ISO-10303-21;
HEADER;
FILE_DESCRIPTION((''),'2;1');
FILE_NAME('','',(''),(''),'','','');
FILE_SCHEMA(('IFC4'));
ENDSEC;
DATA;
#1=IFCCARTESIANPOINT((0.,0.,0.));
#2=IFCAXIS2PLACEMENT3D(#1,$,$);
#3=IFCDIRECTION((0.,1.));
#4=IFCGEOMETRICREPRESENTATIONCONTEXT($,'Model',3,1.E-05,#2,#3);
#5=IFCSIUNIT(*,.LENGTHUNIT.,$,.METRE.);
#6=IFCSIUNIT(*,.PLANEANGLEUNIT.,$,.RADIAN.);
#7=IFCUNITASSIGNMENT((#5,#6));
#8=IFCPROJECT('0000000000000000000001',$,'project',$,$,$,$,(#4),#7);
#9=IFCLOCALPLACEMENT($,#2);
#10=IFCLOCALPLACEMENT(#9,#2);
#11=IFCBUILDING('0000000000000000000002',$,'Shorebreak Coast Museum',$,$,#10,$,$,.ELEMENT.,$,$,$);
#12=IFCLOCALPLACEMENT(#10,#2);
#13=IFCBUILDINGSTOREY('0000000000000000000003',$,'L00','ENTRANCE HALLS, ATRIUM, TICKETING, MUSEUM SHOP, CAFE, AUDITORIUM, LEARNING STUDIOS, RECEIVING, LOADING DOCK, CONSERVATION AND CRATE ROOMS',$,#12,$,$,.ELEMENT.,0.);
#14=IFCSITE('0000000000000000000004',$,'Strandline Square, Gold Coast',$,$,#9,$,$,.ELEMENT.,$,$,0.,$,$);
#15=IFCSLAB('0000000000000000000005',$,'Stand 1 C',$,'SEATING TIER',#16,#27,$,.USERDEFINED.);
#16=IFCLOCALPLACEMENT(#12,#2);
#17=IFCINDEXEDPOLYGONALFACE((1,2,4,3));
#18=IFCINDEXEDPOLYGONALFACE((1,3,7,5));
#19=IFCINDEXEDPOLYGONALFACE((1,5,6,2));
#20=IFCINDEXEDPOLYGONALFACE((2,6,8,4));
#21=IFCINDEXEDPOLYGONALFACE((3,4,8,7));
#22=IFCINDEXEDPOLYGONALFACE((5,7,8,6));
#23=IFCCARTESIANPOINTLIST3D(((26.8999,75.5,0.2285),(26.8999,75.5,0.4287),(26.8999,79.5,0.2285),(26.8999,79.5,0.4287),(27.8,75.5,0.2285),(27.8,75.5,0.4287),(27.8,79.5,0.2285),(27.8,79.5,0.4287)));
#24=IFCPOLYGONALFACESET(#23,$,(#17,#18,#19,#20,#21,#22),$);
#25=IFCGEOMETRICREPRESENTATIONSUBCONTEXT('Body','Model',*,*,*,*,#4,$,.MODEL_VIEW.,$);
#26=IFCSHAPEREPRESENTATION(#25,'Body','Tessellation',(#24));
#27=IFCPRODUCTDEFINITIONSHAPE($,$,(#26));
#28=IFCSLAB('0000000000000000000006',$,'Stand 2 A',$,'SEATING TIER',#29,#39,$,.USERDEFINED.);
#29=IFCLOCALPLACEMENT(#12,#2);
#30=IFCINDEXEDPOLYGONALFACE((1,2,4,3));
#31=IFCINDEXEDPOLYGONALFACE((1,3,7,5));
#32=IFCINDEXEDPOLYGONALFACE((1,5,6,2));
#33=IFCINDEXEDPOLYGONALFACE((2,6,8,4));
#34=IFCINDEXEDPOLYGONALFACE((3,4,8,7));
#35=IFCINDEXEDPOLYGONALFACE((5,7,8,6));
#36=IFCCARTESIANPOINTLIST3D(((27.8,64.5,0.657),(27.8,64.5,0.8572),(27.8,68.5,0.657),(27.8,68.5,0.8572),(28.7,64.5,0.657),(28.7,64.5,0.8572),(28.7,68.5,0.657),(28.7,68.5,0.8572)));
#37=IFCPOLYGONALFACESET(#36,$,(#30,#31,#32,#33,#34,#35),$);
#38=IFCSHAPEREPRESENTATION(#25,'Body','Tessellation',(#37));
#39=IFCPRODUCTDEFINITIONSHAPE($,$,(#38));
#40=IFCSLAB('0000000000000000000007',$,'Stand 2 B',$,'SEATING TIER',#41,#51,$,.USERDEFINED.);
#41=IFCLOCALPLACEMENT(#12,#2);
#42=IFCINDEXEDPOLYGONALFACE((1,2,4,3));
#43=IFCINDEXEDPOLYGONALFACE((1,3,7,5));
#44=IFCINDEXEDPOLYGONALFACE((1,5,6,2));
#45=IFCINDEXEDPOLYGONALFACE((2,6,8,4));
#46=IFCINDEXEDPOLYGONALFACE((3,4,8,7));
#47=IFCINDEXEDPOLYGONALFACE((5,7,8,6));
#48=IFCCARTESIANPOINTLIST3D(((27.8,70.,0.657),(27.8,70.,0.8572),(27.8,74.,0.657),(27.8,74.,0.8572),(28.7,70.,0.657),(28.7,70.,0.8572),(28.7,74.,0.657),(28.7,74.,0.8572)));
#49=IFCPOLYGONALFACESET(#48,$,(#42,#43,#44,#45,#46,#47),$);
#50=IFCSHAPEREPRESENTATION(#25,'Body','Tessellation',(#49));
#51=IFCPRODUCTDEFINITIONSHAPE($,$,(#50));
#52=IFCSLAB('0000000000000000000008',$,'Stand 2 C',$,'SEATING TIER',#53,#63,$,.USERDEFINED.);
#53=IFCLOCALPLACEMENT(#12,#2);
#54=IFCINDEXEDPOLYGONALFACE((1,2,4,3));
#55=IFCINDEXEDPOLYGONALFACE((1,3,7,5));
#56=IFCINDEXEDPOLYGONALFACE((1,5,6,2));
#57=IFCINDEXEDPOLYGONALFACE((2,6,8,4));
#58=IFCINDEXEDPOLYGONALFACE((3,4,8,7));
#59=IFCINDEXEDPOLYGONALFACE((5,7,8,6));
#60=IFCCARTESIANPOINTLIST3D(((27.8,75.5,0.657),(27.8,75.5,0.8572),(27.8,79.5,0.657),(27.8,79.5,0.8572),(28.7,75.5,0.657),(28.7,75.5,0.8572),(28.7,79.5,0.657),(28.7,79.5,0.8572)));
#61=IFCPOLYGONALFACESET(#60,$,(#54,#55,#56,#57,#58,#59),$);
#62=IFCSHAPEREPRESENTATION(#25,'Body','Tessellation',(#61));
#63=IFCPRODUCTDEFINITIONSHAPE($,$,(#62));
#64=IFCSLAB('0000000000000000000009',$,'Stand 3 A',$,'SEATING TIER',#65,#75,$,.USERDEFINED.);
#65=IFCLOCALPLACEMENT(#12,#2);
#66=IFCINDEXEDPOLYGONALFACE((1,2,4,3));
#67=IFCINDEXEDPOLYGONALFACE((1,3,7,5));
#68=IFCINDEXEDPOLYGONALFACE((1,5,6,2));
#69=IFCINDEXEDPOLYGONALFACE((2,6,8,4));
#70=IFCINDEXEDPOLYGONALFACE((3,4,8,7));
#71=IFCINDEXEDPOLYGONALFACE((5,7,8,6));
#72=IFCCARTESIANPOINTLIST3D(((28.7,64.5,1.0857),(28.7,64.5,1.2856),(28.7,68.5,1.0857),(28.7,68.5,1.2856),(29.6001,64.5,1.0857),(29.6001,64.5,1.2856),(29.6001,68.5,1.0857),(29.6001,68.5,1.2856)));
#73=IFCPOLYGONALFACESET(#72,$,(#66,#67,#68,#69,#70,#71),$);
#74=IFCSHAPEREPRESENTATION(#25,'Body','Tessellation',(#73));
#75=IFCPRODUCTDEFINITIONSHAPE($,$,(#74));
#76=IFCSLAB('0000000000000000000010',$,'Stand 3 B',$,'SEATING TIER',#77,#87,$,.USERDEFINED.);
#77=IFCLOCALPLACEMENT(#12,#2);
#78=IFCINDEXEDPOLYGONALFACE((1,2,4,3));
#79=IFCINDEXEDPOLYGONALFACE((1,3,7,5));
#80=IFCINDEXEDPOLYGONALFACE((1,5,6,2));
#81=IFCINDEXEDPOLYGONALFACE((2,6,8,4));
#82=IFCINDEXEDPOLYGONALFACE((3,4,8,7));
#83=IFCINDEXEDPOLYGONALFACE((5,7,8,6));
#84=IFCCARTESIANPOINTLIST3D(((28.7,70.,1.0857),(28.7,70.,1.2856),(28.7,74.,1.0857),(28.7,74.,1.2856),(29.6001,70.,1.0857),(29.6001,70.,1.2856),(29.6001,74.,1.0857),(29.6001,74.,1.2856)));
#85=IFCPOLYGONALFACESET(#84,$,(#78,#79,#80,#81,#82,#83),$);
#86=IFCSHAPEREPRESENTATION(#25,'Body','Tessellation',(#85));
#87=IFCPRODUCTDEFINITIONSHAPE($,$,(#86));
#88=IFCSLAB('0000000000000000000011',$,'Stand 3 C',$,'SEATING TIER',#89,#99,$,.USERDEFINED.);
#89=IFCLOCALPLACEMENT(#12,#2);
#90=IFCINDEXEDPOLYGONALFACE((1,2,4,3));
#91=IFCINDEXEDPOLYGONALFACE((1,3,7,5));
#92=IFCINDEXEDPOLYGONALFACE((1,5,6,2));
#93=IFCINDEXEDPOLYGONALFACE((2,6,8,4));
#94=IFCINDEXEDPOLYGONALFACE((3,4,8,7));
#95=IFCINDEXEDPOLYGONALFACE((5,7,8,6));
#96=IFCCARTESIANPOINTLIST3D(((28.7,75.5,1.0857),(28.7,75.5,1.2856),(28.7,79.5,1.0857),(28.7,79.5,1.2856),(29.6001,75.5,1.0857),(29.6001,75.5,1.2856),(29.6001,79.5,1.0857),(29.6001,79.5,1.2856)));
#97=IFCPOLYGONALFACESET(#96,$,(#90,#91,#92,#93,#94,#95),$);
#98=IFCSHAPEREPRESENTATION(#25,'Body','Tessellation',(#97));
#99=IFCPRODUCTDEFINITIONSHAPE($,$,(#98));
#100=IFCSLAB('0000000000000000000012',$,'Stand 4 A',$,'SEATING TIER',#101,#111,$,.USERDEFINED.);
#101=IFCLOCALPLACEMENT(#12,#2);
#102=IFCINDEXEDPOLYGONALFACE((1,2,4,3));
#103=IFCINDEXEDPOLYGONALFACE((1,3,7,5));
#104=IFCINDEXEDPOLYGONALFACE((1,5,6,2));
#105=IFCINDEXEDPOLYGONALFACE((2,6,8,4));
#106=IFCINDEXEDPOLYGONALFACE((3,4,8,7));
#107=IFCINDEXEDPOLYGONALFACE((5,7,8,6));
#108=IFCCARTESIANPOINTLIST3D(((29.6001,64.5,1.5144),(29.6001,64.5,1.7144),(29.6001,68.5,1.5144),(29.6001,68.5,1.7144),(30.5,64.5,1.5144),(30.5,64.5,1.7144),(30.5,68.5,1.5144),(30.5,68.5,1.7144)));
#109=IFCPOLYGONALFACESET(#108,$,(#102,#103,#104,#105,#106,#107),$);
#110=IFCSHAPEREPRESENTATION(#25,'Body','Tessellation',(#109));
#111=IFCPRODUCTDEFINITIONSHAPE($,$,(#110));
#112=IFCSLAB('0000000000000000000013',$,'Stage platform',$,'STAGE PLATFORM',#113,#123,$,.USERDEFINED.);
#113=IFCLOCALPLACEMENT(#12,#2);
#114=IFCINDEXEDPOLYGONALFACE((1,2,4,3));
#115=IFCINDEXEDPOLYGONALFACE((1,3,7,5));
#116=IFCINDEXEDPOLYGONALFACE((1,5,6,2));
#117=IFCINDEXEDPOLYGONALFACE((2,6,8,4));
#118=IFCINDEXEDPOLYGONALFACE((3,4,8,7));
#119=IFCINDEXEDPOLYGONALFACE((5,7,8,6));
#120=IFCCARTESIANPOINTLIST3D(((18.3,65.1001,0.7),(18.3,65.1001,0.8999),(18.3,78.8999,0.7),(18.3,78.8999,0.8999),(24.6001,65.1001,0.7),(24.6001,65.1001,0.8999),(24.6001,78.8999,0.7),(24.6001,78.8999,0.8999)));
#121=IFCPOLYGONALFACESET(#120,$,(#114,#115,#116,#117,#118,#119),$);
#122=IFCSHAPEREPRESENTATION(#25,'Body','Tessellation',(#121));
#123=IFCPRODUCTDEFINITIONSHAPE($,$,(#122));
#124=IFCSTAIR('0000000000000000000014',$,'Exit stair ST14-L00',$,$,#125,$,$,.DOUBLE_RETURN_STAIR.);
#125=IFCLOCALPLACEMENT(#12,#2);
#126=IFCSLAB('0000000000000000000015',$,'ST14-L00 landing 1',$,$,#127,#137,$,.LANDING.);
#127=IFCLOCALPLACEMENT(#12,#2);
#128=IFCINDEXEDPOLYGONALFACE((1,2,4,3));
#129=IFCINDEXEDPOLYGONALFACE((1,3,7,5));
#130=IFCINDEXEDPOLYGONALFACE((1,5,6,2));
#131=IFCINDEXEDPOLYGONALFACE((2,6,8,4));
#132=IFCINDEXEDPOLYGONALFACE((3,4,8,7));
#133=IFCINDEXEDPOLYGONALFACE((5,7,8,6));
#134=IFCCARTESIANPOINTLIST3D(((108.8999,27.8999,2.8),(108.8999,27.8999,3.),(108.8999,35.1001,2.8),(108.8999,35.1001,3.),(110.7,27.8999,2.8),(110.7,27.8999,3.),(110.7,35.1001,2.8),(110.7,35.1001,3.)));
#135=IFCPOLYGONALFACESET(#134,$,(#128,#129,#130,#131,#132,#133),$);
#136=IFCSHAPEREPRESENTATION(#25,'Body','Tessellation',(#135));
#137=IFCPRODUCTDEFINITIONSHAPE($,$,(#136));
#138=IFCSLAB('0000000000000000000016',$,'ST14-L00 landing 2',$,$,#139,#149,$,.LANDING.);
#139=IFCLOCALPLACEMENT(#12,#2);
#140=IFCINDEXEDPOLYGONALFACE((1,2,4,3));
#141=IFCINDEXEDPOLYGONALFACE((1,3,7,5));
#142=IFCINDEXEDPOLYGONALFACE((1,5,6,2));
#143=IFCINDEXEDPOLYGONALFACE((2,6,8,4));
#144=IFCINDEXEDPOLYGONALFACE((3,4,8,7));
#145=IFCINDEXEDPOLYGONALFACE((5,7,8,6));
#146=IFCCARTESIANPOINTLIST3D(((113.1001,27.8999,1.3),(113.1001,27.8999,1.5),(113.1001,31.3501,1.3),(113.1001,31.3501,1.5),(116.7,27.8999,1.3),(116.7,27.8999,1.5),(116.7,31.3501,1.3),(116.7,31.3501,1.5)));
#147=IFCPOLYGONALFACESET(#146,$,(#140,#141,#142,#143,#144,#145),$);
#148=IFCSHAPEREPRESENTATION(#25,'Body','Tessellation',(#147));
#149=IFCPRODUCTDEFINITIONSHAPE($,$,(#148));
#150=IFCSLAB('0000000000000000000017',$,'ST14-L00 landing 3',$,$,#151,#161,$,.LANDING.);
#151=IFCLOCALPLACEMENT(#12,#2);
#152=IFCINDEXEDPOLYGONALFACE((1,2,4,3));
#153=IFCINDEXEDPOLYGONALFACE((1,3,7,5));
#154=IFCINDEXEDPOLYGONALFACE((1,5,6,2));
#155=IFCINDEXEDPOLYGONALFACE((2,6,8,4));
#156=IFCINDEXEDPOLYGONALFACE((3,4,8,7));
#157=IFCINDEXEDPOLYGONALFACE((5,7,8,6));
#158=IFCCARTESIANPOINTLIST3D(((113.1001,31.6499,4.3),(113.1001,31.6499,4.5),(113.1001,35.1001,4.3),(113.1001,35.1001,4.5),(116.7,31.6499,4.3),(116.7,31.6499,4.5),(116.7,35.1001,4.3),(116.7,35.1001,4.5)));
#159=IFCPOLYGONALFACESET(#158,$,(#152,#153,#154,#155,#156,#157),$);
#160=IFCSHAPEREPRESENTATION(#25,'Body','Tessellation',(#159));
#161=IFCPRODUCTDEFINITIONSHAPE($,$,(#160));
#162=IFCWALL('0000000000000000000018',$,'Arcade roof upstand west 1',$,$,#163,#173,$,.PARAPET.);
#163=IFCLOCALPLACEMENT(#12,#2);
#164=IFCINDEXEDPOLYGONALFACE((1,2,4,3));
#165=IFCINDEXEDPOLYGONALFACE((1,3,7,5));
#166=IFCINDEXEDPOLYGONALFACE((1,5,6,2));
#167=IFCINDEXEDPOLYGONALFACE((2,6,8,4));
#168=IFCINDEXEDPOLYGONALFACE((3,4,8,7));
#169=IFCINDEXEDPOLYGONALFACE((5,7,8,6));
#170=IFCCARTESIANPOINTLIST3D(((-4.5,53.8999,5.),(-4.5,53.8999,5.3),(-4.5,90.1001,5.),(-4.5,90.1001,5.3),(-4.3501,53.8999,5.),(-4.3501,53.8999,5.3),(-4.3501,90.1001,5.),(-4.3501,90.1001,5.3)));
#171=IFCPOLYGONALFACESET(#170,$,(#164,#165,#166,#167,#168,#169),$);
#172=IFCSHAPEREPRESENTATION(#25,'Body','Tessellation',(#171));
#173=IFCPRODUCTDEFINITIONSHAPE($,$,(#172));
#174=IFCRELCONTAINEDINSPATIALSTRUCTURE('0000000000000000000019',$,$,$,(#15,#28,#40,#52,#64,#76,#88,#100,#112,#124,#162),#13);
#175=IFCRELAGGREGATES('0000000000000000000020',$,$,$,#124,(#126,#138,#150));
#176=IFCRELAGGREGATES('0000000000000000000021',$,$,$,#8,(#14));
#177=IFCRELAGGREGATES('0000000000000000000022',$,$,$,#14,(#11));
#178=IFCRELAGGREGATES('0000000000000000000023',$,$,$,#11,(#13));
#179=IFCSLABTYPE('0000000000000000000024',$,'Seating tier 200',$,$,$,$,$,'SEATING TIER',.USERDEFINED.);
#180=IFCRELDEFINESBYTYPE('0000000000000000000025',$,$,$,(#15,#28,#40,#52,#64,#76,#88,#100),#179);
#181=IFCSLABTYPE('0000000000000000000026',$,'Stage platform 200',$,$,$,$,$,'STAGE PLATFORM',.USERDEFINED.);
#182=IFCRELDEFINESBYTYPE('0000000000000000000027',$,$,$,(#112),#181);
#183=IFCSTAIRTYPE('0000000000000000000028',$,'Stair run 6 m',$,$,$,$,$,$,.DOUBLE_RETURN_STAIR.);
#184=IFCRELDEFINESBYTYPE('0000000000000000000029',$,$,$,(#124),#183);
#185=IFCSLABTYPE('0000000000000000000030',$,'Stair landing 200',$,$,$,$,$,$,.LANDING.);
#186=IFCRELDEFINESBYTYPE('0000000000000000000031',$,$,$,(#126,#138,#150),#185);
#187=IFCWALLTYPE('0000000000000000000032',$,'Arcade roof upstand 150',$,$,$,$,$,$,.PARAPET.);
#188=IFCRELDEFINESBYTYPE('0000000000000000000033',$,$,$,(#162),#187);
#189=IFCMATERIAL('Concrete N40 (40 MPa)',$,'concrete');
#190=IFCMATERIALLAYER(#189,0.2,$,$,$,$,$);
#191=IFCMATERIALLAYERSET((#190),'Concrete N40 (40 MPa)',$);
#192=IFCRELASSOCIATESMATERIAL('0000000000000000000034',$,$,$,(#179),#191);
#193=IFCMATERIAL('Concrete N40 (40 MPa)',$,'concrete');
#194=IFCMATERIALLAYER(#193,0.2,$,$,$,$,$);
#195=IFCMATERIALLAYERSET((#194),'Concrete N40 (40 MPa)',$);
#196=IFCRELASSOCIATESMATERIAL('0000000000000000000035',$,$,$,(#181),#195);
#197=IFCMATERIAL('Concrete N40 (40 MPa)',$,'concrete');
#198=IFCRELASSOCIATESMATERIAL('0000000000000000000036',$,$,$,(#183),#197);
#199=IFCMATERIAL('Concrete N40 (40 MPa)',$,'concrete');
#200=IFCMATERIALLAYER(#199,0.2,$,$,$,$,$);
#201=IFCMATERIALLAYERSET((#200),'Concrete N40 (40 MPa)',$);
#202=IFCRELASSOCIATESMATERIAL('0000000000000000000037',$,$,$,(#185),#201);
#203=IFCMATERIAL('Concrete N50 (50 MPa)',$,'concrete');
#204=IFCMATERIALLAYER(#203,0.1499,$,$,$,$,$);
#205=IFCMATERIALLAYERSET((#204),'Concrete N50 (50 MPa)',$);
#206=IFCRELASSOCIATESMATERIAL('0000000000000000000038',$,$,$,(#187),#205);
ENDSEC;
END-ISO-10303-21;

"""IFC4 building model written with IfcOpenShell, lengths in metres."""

from ifc_helpers import new_model, si_unit, direction, frame, frame_2d, origin, place, context, subcontext, project, spatial, polyline, rectangle, outline, extrude, material, layer, layer_set, type_object, element, aggregate, save


model = new_model("IFC4")

# Units and contexts
model_context = context("Model", 3, precision=1e-05, world=origin(), true_north=direction((0.0, 1.0)))
body_context = subcontext(model_context, "Body", "Model", "MODEL_VIEW")
ifc_project = project(units=[si_unit("LENGTHUNIT", "METRE"), si_unit("PLANEANGLEUNIT", "RADIAN")], contexts=[model_context])

# Site, building, storey
site_placement = place(None, origin())
site = spatial("IfcSite", under=ifc_project, at=site_placement, Name="Strandline Square, Gold Coast", CompositionType="ELEMENT", RefElevation=0.0)
building_placement = place(site_placement, origin())
building = spatial("IfcBuilding", under=site, at=building_placement, Name="Shorebreak Coast Museum", CompositionType="ELEMENT")
storey_placement = place(building_placement, origin())
storey = spatial("IfcBuildingStorey", under=building, at=storey_placement, Name="L00", Description="ENTRANCE HALLS, ATRIUM, TICKETING, MUSEUM SHOP, CAFE, AUDITORIUM, LEARNING STUDIOS, RECEIVING, LOADING DOCK, CONSERVATION AND CRATE ROOMS", CompositionType="ELEMENT", Elevation=0.0)

# Slabs
ifc_material_1 = material(Name="Concrete N40 (40 MPa)", Category="concrete")
ifc_layer_1 = layer(ifc_material_1, 0.2)
ifc_layer_set_1 = layer_set([ifc_layer_1], Name="Concrete N40 (40 MPa)")
slab_type_1 = type_object("IfcSlabType", Name="Seating tier 200", ElementType="SEATING TIER", PredefinedType="USERDEFINED", material=ifc_layer_set_1)
slab_1_placement = place(storey_placement, frame((0.0, 0.0, 0.2285)))
element("IfcSlab", 1, at=slab_1_placement, inside=storey, type_object=slab_type_1, Name="Stand 1 C", ObjectType="SEATING TIER", PredefinedType="USERDEFINED", context=body_context, shape_type="SweptSolid", body=[
    extrude(outline(polyline([(26.8999, 75.5), (27.8, 75.5), (27.8, 79.5), (26.8999, 79.5), (26.8999, 75.5)])), origin(), (0.0, 0.0, 1.0), 0.2002),
])
slab_2_placement = place(storey_placement, frame((0.0, 0.0, 0.657)))
element("IfcSlab", 2, at=slab_2_placement, inside=storey, type_object=slab_type_1, Name="Stand 2 A", ObjectType="SEATING TIER", PredefinedType="USERDEFINED", context=body_context, shape_type="SweptSolid", body=[
    extrude(outline(polyline([(27.8, 64.5), (28.7, 64.5), (28.7, 68.5), (27.8, 68.5), (27.8, 64.5)])), origin(), (0.0, 0.0, 1.0), 0.2002),
])
slab_3_placement = place(storey_placement, frame((0.0, 0.0, 0.657)))
element("IfcSlab", 3, at=slab_3_placement, inside=storey, type_object=slab_type_1, Name="Stand 2 B", ObjectType="SEATING TIER", PredefinedType="USERDEFINED", context=body_context, shape_type="SweptSolid", body=[
    extrude(outline(polyline([(27.8, 70.0), (28.7, 70.0), (28.7, 74.0), (27.8, 74.0), (27.8, 70.0)])), origin(), (0.0, 0.0, 1.0), 0.2002),
])
slab_4_placement = place(storey_placement, frame((0.0, 0.0, 0.657)))
element("IfcSlab", 4, at=slab_4_placement, inside=storey, type_object=slab_type_1, Name="Stand 2 C", ObjectType="SEATING TIER", PredefinedType="USERDEFINED", context=body_context, shape_type="SweptSolid", body=[
    extrude(outline(polyline([(27.8, 75.5), (28.7, 75.5), (28.7, 79.5), (27.8, 79.5), (27.8, 75.5)])), origin(), (0.0, 0.0, 1.0), 0.2002),
])
slab_5_placement = place(storey_placement, frame((0.0, 0.0, 1.0857)))
element("IfcSlab", 5, at=slab_5_placement, inside=storey, type_object=slab_type_1, Name="Stand 3 A", ObjectType="SEATING TIER", PredefinedType="USERDEFINED", context=body_context, shape_type="SweptSolid", body=[
    extrude(outline(polyline([(28.7, 64.5), (29.6001, 64.5), (29.6001, 68.5), (28.7, 68.5), (28.7, 64.5)])), origin(), (0.0, 0.0, 1.0), 0.2),
])
slab_6_placement = place(storey_placement, frame((0.0, 0.0, 1.0857)))
element("IfcSlab", 6, at=slab_6_placement, inside=storey, type_object=slab_type_1, Name="Stand 3 B", ObjectType="SEATING TIER", PredefinedType="USERDEFINED", context=body_context, shape_type="SweptSolid", body=[
    extrude(outline(polyline([(28.7, 70.0), (29.6001, 70.0), (29.6001, 74.0), (28.7, 74.0), (28.7, 70.0)])), origin(), (0.0, 0.0, 1.0), 0.2),
])
slab_7_placement = place(storey_placement, frame((0.0, 0.0, 1.0857)))
element("IfcSlab", 7, at=slab_7_placement, inside=storey, type_object=slab_type_1, Name="Stand 3 C", ObjectType="SEATING TIER", PredefinedType="USERDEFINED", context=body_context, shape_type="SweptSolid", body=[
    extrude(outline(polyline([(28.7, 75.5), (29.6001, 75.5), (29.6001, 79.5), (28.7, 79.5), (28.7, 75.5)])), origin(), (0.0, 0.0, 1.0), 0.2),
])
slab_8_placement = place(storey_placement, frame((0.0, 0.0, 1.5144)))
element("IfcSlab", 8, at=slab_8_placement, inside=storey, type_object=slab_type_1, Name="Stand 4 A", ObjectType="SEATING TIER", PredefinedType="USERDEFINED", context=body_context, shape_type="SweptSolid", body=[
    extrude(outline(polyline([(29.6001, 64.5), (30.5, 64.5), (30.5, 68.5), (29.6001, 68.5), (29.6001, 64.5)])), origin(), (0.0, 0.0, 1.0), 0.2),
])
ifc_material_2 = material(Name="Concrete N40 (40 MPa)", Category="concrete")
ifc_layer_2 = layer(ifc_material_2, 0.2)
ifc_layer_set_2 = layer_set([ifc_layer_2], Name="Concrete N40 (40 MPa)")
slab_type_2 = type_object("IfcSlabType", Name="Stage platform 200", ElementType="STAGE PLATFORM", PredefinedType="USERDEFINED", material=ifc_layer_set_2)
slab_9_placement = place(storey_placement, frame((0.0, 0.0, 0.7)))
element("IfcSlab", 9, at=slab_9_placement, inside=storey, type_object=slab_type_2, Name="Stage platform", ObjectType="STAGE PLATFORM", PredefinedType="USERDEFINED", context=body_context, shape_type="SweptSolid", body=[
    extrude(outline(polyline([(18.3, 65.1001), (24.6001, 65.1001), (24.6001, 78.8999), (18.3, 78.8999), (18.3, 65.1001)])), origin(), (0.0, 0.0, 1.0), 0.2),
])

# Stair, slabs
ifc_material_3 = material(Name="Concrete N40 (40 MPa)", Category="concrete")
stair_type_1 = type_object("IfcStairType", Name="Stair run 6 m", PredefinedType="DOUBLE_RETURN_STAIR", material=ifc_material_3)
stair_1_placement = place(storey_placement, origin())
stair_1 = element("IfcStair", 10, at=stair_1_placement, inside=storey, type_object=stair_type_1, Name="Exit stair ST14-L00", PredefinedType="DOUBLE_RETURN_STAIR")
ifc_material_4 = material(Name="Concrete N40 (40 MPa)", Category="concrete")
ifc_layer_3 = layer(ifc_material_4, 0.2)
ifc_layer_set_3 = layer_set([ifc_layer_3], Name="Concrete N40 (40 MPa)")
slab_type_3 = type_object("IfcSlabType", Name="Stair landing 200", PredefinedType="LANDING", material=ifc_layer_set_3)
slab_10_placement = place(storey_placement, frame((0.0, 0.0, 2.8)))
slab_10 = element("IfcSlab", 11, at=slab_10_placement, type_object=slab_type_3, Name="ST14-L00 landing 1", PredefinedType="LANDING", context=body_context, shape_type="SweptSolid", body=[
    extrude(outline(polyline([(108.8999, 27.8999), (110.7, 27.8999), (110.7, 35.1001), (108.8999, 35.1001), (108.8999, 27.8999)])), origin(), (0.0, 0.0, 1.0), 0.2),
])
slab_11_placement = place(storey_placement, frame((0.0, 0.0, 1.3)))
slab_11 = element("IfcSlab", 12, at=slab_11_placement, type_object=slab_type_3, Name="ST14-L00 landing 2", PredefinedType="LANDING", context=body_context, shape_type="SweptSolid", body=[
    extrude(outline(polyline([(113.1001, 27.8999), (116.7, 27.8999), (116.7, 31.3501), (113.1001, 31.3501), (113.1001, 27.8999)])), origin(), (0.0, 0.0, 1.0), 0.2),
])
slab_12_placement = place(storey_placement, frame((0.0, 0.0, 4.3)))
slab_12 = element("IfcSlab", 13, at=slab_12_placement, type_object=slab_type_3, Name="ST14-L00 landing 3", PredefinedType="LANDING", context=body_context, shape_type="SweptSolid", body=[
    extrude(outline(polyline([(113.1001, 31.6499), (116.7, 31.6499), (116.7, 35.1001), (113.1001, 35.1001), (113.1001, 31.6499)])), origin(), (0.0, 0.0, 1.0), 0.2),
])
aggregate(stair_1, [slab_10, slab_11, slab_12])

# Wall
ifc_material_5 = material(Name="Concrete N50 (50 MPa)", Category="concrete")
ifc_layer_4 = layer(ifc_material_5, 0.1499)
ifc_layer_set_4 = layer_set([ifc_layer_4], Name="Concrete N50 (50 MPa)")
wall_type = type_object("IfcWallType", Name="Arcade roof upstand 150", PredefinedType="PARAPET", material=ifc_layer_set_4)
wall_placement = place(storey_placement, frame((-4.425, 53.8999, 5.0), z_axis=(0.0, 0.0, 1.0), x_axis=(0.0, 1.0, 0.0)))
element("IfcWall", 14, at=wall_placement, inside=storey, type_object=wall_type, Name="Arcade roof upstand west 1", PredefinedType="PARAPET", context=body_context, shape_type="SweptSolid", body=[
    extrude(rectangle(XDim=36.2002, YDim=0.1499, at=frame_2d((18.1001, 0.0))), origin(), (0.0, 0.0, 1.0), 0.3),
])

save(model, "model.ifc")
